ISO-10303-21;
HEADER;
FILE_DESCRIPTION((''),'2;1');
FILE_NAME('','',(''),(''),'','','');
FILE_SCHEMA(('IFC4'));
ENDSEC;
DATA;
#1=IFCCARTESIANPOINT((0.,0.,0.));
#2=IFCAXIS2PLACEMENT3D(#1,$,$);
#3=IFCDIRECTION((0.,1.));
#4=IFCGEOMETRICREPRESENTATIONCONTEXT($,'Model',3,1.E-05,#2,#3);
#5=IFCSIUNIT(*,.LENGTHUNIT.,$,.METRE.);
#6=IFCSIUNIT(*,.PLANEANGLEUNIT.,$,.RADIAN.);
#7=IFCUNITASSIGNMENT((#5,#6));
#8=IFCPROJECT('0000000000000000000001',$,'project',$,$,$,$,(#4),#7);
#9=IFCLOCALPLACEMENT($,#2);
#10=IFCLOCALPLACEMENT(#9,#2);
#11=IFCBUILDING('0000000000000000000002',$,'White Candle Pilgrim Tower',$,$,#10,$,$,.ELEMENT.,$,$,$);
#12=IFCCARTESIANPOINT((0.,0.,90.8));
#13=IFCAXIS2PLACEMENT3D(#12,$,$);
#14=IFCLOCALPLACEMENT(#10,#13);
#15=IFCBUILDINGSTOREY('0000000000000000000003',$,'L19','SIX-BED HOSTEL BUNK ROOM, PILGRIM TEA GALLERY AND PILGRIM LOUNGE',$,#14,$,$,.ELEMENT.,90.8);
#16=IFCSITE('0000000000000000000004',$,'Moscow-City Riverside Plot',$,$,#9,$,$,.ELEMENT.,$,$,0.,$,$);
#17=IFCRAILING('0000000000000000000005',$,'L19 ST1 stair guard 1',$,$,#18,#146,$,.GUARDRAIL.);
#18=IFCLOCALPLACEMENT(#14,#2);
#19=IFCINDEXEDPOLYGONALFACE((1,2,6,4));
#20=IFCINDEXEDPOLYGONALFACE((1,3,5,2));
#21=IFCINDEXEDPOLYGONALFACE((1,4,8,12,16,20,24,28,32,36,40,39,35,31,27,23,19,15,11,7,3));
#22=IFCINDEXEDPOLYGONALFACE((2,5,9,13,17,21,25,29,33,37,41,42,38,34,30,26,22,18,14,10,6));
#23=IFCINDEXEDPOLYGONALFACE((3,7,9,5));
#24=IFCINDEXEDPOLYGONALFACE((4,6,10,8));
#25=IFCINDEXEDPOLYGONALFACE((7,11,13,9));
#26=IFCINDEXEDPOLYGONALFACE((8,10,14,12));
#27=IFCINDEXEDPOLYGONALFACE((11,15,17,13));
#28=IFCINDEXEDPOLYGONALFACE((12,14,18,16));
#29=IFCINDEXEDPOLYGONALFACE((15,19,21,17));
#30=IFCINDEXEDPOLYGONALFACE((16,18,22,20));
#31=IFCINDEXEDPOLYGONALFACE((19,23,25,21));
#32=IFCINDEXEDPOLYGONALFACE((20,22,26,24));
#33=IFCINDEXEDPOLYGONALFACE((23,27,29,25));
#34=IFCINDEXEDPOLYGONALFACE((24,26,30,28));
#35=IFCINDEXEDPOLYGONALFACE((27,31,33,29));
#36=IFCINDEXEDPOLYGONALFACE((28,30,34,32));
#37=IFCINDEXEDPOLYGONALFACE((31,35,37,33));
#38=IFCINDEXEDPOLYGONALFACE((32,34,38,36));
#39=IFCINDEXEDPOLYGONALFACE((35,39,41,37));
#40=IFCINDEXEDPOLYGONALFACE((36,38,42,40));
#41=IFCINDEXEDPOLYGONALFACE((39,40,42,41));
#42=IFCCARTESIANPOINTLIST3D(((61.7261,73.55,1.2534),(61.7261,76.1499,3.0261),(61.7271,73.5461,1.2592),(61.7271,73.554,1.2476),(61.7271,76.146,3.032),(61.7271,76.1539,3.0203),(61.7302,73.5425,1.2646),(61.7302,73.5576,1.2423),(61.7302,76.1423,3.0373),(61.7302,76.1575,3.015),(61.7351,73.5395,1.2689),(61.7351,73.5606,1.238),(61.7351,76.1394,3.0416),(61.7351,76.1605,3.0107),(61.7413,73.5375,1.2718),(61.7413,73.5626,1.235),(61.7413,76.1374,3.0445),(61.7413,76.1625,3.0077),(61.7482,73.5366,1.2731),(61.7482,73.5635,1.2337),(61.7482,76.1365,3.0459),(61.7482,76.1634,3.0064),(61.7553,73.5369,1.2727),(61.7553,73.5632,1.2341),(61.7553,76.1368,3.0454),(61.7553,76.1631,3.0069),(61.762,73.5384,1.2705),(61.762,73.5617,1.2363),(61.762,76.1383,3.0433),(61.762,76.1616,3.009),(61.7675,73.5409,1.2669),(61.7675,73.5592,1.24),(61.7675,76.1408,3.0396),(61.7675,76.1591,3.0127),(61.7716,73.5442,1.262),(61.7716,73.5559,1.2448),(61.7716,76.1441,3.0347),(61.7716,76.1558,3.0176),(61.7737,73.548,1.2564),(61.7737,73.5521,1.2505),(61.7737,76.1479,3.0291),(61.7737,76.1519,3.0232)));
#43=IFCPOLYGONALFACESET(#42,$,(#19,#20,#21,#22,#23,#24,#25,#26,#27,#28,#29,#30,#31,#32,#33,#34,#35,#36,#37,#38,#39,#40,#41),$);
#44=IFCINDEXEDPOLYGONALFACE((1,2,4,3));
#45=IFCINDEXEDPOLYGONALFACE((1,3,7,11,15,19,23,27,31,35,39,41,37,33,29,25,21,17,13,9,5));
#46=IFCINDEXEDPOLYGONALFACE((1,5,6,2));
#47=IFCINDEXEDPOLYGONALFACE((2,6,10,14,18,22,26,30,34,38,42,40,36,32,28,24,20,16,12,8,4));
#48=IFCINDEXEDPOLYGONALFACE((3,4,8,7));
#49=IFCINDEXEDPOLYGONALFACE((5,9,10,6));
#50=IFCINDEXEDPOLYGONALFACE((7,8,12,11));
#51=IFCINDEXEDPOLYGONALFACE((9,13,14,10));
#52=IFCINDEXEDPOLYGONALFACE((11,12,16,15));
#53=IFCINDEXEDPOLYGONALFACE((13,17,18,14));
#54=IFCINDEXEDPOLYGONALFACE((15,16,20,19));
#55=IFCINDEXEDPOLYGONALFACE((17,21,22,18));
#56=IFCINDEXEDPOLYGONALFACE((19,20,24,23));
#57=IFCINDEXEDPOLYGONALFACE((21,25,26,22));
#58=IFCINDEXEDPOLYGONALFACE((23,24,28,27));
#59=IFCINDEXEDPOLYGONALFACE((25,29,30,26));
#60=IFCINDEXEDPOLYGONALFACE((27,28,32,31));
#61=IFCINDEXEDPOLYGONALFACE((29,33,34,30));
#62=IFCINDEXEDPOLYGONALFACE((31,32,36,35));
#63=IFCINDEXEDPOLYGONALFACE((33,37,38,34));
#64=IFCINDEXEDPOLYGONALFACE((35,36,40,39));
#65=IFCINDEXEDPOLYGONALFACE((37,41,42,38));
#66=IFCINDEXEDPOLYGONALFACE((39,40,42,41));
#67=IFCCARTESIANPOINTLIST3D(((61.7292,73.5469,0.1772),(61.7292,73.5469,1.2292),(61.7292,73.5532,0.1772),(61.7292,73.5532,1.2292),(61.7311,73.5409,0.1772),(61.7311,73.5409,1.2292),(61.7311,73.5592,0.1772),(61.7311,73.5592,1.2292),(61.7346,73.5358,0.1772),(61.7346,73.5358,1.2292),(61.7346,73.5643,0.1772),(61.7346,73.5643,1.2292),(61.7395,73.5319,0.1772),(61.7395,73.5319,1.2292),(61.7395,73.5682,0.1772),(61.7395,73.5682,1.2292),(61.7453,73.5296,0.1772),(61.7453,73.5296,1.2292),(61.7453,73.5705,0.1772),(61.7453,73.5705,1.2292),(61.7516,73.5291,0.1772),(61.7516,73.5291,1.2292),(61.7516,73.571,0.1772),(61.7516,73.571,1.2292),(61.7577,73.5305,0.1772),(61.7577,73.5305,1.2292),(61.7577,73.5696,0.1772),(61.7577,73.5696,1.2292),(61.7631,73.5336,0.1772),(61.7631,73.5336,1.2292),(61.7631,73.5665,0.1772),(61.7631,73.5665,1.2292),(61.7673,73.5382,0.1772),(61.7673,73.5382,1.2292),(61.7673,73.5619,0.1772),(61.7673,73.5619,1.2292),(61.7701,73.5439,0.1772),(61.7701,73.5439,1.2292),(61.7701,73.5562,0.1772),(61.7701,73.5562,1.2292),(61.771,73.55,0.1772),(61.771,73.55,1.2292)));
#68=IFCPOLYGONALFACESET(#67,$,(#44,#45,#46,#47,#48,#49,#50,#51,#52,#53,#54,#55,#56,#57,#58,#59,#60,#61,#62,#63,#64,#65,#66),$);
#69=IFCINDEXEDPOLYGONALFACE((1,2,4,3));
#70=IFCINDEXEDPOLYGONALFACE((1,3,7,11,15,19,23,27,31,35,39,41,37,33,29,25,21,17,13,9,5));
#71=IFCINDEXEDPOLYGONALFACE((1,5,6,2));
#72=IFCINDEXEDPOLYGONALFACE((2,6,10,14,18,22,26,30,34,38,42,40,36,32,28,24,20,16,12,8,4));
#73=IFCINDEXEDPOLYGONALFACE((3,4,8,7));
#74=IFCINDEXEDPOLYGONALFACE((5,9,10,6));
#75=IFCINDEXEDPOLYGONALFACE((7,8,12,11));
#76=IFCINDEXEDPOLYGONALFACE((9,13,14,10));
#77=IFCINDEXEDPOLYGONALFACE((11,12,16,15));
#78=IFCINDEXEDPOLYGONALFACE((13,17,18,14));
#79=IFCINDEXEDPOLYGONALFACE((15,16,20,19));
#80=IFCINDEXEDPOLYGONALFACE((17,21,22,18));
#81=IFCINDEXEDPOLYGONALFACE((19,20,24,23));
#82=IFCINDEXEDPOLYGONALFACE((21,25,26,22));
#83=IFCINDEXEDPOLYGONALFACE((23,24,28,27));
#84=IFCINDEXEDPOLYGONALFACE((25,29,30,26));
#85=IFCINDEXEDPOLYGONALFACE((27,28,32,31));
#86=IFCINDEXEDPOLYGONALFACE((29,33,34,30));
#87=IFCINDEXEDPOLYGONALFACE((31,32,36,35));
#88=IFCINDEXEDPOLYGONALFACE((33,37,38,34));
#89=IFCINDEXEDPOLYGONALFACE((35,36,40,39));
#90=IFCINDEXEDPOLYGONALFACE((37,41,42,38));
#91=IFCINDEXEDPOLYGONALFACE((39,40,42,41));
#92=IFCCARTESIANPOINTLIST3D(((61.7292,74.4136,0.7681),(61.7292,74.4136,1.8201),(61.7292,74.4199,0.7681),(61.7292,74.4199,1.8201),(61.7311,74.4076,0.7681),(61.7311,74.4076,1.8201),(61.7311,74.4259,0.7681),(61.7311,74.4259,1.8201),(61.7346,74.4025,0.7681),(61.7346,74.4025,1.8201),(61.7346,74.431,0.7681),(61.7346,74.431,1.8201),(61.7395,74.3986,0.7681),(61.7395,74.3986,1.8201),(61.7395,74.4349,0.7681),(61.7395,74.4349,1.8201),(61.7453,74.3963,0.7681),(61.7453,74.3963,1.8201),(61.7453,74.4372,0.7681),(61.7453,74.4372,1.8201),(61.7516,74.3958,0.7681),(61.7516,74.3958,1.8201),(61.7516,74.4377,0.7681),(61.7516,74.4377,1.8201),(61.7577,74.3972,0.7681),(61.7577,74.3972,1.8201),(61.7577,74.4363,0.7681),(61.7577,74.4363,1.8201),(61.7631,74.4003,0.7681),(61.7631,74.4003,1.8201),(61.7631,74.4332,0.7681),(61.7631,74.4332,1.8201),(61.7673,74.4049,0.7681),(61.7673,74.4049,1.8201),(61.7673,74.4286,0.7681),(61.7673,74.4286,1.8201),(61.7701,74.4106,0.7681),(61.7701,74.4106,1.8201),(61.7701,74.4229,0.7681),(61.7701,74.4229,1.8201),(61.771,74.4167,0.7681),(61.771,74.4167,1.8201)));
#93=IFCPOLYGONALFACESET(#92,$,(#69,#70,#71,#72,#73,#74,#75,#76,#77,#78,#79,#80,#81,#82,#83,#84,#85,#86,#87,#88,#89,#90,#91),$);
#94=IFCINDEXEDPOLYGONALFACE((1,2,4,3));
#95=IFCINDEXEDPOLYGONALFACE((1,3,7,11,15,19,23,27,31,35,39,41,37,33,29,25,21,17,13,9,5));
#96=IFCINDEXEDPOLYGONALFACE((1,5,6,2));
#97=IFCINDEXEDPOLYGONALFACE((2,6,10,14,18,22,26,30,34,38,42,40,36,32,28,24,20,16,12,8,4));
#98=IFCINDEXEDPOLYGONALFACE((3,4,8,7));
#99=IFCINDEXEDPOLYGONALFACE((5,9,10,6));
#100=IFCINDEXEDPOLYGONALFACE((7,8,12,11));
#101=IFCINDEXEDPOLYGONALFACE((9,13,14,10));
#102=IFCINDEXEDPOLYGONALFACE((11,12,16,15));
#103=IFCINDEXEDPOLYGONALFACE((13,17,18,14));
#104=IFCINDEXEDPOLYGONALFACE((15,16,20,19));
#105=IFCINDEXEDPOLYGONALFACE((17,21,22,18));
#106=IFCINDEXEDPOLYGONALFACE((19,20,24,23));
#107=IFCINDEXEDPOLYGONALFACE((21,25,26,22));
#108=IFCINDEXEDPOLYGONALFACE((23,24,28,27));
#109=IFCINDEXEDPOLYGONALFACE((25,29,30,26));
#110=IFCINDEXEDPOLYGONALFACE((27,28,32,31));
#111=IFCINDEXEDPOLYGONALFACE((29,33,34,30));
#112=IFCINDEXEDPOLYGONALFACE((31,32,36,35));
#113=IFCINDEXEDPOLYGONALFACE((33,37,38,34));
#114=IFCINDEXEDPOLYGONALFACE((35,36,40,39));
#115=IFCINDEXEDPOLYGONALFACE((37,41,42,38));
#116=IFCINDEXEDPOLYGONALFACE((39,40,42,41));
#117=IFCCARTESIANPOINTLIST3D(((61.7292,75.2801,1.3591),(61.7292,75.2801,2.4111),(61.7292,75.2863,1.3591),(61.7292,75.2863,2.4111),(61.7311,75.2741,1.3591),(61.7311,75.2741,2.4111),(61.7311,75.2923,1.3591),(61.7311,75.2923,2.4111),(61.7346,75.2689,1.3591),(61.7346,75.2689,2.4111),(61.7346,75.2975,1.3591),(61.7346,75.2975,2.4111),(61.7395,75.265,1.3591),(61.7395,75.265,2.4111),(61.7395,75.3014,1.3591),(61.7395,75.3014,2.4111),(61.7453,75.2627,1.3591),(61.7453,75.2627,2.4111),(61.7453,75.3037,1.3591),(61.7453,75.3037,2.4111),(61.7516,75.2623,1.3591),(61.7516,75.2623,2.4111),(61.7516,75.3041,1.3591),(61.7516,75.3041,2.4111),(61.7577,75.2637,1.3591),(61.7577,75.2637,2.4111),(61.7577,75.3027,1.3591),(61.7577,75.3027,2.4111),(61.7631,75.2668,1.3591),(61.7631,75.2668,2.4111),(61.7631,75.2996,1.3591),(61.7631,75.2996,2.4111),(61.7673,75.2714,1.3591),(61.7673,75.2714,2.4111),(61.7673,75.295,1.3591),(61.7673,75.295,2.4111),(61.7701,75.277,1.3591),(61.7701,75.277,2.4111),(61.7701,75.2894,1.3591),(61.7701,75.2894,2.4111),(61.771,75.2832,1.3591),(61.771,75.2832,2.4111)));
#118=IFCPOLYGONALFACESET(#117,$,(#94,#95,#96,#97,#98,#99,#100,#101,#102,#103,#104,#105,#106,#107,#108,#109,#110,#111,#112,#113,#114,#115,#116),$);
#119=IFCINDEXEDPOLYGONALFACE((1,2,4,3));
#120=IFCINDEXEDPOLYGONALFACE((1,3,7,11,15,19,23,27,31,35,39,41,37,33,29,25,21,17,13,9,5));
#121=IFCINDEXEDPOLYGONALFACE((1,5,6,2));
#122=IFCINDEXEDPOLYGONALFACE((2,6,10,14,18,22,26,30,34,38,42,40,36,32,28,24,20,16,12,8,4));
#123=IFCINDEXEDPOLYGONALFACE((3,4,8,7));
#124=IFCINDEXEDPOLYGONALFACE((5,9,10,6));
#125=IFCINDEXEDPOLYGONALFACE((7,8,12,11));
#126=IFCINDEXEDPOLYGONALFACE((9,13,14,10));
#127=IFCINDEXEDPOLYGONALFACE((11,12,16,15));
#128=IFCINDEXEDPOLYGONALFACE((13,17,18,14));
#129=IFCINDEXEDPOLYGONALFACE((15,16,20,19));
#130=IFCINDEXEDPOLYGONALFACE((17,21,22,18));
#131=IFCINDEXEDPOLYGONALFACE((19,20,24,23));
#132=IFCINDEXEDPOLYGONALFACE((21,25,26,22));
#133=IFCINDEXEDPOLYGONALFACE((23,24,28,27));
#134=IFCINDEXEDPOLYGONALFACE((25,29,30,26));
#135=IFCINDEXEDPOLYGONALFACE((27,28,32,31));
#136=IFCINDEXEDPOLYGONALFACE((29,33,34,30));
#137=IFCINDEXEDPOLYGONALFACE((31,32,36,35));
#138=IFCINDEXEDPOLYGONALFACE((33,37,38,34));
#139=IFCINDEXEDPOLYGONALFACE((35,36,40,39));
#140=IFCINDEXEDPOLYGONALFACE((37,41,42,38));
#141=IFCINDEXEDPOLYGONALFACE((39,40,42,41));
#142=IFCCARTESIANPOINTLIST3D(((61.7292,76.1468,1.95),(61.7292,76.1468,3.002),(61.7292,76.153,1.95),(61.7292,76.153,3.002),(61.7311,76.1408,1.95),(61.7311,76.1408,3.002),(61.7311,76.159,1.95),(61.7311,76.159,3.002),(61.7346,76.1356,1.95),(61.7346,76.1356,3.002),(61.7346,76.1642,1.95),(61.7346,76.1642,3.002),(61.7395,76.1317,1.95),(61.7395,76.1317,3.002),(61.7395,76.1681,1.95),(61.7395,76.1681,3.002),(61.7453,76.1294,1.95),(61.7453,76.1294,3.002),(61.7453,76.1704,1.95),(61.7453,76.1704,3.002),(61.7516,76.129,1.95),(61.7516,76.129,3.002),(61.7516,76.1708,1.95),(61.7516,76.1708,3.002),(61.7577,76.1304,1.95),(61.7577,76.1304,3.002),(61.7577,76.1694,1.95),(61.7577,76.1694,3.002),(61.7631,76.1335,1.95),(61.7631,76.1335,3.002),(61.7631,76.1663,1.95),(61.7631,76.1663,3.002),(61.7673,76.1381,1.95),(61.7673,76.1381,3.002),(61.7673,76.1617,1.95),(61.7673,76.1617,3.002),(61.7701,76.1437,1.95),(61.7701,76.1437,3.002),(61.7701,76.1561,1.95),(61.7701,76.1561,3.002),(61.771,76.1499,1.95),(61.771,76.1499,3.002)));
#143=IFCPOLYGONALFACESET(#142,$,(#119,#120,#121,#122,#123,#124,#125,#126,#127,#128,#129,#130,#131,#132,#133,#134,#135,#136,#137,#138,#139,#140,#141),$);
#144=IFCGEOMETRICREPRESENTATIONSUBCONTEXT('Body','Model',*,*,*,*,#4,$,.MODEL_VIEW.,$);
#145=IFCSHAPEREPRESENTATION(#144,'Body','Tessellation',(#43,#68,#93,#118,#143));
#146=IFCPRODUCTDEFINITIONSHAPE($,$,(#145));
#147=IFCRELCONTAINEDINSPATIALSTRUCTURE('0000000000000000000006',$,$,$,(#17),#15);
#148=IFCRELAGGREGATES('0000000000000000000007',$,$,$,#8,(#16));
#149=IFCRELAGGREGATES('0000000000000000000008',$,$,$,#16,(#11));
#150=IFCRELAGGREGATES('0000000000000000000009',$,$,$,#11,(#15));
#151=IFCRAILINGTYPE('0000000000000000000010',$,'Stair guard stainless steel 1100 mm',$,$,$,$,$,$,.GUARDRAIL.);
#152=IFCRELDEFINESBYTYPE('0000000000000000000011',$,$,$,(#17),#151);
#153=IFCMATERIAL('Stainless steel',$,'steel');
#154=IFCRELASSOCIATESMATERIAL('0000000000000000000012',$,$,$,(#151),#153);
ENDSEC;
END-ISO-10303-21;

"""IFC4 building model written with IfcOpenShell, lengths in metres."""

from ifc_helpers import new_model, si_unit, direction, frame, origin, origin_2d, place, context, subcontext, project, spatial, circle, extrude, material, type_object, element, save


model = new_model("IFC4")

# Units and contexts
model_context = context("Model", 3, precision=1e-05, world=origin(), true_north=direction((0.0, 1.0)))
body_context = subcontext(model_context, "Body", "Model", "MODEL_VIEW")
ifc_project = project(units=[si_unit("LENGTHUNIT", "METRE"), si_unit("PLANEANGLEUNIT", "RADIAN")], contexts=[model_context])

# Site, building, storey
site_placement = place(None, origin())
site = spatial("IfcSite", under=ifc_project, at=site_placement, Name="Moscow-City Riverside Plot", CompositionType="ELEMENT", RefElevation=0.0)
building_placement = place(site_placement, origin())
building = spatial("IfcBuilding", under=site, at=building_placement, Name="White Candle Pilgrim Tower", CompositionType="ELEMENT")
storey_placement = place(building_placement, frame((0.0, 0.0, 90.8)))
storey = spatial("IfcBuildingStorey", under=building, at=storey_placement, Name="L19", Description="SIX-BED HOSTEL BUNK ROOM, PILGRIM TEA GALLERY AND PILGRIM LOUNGE", CompositionType="ELEMENT", Elevation=90.8)

# Railing
ifc_material_1 = material(Name="Stainless steel", Category="steel")
railing_type_1 = type_object("IfcRailingType", Name="Stair guard stainless steel 1100 mm", PredefinedType="GUARDRAIL", material=ifc_material_1)
railing_1_placement = place(storey_placement, frame((61.75, 73.55, 0.1772)))
element("IfcRailing", 1, at=railing_1_placement, inside=storey, type_object=railing_type_1, Name="L19 ST1 stair guard 1", PredefinedType="GUARDRAIL", context=body_context, shape_type="SweptSolid", body=[
    extrude(circle(Radius=0.0239, at=origin_2d()), frame((0.0, 0.0, 1.0762), z_axis=(0.0, 0.826216, 0.563354), x_axis=(-1.0, 0.0, 0.0)), (0.0, 0.0, 1.0), 3.1467),
    extrude(circle(Radius=0.021, at=origin_2d()), origin(), (0.0, 0.0, 1.0), 1.052),
    extrude(circle(Radius=0.021, at=origin_2d()), frame((0.0, 0.8667, 0.5908)), (0.0, 0.0, 1.0), 1.052),
    extrude(circle(Radius=0.021, at=origin_2d()), frame((0.0, 1.7332, 1.1819)), (0.0, 0.0, 1.0), 1.052),
    extrude(circle(Radius=0.021, at=origin_2d()), frame((0.0, 2.5999, 1.7727)), (0.0, 0.0, 1.0), 1.052),
])

save(model, "model.ifc")
